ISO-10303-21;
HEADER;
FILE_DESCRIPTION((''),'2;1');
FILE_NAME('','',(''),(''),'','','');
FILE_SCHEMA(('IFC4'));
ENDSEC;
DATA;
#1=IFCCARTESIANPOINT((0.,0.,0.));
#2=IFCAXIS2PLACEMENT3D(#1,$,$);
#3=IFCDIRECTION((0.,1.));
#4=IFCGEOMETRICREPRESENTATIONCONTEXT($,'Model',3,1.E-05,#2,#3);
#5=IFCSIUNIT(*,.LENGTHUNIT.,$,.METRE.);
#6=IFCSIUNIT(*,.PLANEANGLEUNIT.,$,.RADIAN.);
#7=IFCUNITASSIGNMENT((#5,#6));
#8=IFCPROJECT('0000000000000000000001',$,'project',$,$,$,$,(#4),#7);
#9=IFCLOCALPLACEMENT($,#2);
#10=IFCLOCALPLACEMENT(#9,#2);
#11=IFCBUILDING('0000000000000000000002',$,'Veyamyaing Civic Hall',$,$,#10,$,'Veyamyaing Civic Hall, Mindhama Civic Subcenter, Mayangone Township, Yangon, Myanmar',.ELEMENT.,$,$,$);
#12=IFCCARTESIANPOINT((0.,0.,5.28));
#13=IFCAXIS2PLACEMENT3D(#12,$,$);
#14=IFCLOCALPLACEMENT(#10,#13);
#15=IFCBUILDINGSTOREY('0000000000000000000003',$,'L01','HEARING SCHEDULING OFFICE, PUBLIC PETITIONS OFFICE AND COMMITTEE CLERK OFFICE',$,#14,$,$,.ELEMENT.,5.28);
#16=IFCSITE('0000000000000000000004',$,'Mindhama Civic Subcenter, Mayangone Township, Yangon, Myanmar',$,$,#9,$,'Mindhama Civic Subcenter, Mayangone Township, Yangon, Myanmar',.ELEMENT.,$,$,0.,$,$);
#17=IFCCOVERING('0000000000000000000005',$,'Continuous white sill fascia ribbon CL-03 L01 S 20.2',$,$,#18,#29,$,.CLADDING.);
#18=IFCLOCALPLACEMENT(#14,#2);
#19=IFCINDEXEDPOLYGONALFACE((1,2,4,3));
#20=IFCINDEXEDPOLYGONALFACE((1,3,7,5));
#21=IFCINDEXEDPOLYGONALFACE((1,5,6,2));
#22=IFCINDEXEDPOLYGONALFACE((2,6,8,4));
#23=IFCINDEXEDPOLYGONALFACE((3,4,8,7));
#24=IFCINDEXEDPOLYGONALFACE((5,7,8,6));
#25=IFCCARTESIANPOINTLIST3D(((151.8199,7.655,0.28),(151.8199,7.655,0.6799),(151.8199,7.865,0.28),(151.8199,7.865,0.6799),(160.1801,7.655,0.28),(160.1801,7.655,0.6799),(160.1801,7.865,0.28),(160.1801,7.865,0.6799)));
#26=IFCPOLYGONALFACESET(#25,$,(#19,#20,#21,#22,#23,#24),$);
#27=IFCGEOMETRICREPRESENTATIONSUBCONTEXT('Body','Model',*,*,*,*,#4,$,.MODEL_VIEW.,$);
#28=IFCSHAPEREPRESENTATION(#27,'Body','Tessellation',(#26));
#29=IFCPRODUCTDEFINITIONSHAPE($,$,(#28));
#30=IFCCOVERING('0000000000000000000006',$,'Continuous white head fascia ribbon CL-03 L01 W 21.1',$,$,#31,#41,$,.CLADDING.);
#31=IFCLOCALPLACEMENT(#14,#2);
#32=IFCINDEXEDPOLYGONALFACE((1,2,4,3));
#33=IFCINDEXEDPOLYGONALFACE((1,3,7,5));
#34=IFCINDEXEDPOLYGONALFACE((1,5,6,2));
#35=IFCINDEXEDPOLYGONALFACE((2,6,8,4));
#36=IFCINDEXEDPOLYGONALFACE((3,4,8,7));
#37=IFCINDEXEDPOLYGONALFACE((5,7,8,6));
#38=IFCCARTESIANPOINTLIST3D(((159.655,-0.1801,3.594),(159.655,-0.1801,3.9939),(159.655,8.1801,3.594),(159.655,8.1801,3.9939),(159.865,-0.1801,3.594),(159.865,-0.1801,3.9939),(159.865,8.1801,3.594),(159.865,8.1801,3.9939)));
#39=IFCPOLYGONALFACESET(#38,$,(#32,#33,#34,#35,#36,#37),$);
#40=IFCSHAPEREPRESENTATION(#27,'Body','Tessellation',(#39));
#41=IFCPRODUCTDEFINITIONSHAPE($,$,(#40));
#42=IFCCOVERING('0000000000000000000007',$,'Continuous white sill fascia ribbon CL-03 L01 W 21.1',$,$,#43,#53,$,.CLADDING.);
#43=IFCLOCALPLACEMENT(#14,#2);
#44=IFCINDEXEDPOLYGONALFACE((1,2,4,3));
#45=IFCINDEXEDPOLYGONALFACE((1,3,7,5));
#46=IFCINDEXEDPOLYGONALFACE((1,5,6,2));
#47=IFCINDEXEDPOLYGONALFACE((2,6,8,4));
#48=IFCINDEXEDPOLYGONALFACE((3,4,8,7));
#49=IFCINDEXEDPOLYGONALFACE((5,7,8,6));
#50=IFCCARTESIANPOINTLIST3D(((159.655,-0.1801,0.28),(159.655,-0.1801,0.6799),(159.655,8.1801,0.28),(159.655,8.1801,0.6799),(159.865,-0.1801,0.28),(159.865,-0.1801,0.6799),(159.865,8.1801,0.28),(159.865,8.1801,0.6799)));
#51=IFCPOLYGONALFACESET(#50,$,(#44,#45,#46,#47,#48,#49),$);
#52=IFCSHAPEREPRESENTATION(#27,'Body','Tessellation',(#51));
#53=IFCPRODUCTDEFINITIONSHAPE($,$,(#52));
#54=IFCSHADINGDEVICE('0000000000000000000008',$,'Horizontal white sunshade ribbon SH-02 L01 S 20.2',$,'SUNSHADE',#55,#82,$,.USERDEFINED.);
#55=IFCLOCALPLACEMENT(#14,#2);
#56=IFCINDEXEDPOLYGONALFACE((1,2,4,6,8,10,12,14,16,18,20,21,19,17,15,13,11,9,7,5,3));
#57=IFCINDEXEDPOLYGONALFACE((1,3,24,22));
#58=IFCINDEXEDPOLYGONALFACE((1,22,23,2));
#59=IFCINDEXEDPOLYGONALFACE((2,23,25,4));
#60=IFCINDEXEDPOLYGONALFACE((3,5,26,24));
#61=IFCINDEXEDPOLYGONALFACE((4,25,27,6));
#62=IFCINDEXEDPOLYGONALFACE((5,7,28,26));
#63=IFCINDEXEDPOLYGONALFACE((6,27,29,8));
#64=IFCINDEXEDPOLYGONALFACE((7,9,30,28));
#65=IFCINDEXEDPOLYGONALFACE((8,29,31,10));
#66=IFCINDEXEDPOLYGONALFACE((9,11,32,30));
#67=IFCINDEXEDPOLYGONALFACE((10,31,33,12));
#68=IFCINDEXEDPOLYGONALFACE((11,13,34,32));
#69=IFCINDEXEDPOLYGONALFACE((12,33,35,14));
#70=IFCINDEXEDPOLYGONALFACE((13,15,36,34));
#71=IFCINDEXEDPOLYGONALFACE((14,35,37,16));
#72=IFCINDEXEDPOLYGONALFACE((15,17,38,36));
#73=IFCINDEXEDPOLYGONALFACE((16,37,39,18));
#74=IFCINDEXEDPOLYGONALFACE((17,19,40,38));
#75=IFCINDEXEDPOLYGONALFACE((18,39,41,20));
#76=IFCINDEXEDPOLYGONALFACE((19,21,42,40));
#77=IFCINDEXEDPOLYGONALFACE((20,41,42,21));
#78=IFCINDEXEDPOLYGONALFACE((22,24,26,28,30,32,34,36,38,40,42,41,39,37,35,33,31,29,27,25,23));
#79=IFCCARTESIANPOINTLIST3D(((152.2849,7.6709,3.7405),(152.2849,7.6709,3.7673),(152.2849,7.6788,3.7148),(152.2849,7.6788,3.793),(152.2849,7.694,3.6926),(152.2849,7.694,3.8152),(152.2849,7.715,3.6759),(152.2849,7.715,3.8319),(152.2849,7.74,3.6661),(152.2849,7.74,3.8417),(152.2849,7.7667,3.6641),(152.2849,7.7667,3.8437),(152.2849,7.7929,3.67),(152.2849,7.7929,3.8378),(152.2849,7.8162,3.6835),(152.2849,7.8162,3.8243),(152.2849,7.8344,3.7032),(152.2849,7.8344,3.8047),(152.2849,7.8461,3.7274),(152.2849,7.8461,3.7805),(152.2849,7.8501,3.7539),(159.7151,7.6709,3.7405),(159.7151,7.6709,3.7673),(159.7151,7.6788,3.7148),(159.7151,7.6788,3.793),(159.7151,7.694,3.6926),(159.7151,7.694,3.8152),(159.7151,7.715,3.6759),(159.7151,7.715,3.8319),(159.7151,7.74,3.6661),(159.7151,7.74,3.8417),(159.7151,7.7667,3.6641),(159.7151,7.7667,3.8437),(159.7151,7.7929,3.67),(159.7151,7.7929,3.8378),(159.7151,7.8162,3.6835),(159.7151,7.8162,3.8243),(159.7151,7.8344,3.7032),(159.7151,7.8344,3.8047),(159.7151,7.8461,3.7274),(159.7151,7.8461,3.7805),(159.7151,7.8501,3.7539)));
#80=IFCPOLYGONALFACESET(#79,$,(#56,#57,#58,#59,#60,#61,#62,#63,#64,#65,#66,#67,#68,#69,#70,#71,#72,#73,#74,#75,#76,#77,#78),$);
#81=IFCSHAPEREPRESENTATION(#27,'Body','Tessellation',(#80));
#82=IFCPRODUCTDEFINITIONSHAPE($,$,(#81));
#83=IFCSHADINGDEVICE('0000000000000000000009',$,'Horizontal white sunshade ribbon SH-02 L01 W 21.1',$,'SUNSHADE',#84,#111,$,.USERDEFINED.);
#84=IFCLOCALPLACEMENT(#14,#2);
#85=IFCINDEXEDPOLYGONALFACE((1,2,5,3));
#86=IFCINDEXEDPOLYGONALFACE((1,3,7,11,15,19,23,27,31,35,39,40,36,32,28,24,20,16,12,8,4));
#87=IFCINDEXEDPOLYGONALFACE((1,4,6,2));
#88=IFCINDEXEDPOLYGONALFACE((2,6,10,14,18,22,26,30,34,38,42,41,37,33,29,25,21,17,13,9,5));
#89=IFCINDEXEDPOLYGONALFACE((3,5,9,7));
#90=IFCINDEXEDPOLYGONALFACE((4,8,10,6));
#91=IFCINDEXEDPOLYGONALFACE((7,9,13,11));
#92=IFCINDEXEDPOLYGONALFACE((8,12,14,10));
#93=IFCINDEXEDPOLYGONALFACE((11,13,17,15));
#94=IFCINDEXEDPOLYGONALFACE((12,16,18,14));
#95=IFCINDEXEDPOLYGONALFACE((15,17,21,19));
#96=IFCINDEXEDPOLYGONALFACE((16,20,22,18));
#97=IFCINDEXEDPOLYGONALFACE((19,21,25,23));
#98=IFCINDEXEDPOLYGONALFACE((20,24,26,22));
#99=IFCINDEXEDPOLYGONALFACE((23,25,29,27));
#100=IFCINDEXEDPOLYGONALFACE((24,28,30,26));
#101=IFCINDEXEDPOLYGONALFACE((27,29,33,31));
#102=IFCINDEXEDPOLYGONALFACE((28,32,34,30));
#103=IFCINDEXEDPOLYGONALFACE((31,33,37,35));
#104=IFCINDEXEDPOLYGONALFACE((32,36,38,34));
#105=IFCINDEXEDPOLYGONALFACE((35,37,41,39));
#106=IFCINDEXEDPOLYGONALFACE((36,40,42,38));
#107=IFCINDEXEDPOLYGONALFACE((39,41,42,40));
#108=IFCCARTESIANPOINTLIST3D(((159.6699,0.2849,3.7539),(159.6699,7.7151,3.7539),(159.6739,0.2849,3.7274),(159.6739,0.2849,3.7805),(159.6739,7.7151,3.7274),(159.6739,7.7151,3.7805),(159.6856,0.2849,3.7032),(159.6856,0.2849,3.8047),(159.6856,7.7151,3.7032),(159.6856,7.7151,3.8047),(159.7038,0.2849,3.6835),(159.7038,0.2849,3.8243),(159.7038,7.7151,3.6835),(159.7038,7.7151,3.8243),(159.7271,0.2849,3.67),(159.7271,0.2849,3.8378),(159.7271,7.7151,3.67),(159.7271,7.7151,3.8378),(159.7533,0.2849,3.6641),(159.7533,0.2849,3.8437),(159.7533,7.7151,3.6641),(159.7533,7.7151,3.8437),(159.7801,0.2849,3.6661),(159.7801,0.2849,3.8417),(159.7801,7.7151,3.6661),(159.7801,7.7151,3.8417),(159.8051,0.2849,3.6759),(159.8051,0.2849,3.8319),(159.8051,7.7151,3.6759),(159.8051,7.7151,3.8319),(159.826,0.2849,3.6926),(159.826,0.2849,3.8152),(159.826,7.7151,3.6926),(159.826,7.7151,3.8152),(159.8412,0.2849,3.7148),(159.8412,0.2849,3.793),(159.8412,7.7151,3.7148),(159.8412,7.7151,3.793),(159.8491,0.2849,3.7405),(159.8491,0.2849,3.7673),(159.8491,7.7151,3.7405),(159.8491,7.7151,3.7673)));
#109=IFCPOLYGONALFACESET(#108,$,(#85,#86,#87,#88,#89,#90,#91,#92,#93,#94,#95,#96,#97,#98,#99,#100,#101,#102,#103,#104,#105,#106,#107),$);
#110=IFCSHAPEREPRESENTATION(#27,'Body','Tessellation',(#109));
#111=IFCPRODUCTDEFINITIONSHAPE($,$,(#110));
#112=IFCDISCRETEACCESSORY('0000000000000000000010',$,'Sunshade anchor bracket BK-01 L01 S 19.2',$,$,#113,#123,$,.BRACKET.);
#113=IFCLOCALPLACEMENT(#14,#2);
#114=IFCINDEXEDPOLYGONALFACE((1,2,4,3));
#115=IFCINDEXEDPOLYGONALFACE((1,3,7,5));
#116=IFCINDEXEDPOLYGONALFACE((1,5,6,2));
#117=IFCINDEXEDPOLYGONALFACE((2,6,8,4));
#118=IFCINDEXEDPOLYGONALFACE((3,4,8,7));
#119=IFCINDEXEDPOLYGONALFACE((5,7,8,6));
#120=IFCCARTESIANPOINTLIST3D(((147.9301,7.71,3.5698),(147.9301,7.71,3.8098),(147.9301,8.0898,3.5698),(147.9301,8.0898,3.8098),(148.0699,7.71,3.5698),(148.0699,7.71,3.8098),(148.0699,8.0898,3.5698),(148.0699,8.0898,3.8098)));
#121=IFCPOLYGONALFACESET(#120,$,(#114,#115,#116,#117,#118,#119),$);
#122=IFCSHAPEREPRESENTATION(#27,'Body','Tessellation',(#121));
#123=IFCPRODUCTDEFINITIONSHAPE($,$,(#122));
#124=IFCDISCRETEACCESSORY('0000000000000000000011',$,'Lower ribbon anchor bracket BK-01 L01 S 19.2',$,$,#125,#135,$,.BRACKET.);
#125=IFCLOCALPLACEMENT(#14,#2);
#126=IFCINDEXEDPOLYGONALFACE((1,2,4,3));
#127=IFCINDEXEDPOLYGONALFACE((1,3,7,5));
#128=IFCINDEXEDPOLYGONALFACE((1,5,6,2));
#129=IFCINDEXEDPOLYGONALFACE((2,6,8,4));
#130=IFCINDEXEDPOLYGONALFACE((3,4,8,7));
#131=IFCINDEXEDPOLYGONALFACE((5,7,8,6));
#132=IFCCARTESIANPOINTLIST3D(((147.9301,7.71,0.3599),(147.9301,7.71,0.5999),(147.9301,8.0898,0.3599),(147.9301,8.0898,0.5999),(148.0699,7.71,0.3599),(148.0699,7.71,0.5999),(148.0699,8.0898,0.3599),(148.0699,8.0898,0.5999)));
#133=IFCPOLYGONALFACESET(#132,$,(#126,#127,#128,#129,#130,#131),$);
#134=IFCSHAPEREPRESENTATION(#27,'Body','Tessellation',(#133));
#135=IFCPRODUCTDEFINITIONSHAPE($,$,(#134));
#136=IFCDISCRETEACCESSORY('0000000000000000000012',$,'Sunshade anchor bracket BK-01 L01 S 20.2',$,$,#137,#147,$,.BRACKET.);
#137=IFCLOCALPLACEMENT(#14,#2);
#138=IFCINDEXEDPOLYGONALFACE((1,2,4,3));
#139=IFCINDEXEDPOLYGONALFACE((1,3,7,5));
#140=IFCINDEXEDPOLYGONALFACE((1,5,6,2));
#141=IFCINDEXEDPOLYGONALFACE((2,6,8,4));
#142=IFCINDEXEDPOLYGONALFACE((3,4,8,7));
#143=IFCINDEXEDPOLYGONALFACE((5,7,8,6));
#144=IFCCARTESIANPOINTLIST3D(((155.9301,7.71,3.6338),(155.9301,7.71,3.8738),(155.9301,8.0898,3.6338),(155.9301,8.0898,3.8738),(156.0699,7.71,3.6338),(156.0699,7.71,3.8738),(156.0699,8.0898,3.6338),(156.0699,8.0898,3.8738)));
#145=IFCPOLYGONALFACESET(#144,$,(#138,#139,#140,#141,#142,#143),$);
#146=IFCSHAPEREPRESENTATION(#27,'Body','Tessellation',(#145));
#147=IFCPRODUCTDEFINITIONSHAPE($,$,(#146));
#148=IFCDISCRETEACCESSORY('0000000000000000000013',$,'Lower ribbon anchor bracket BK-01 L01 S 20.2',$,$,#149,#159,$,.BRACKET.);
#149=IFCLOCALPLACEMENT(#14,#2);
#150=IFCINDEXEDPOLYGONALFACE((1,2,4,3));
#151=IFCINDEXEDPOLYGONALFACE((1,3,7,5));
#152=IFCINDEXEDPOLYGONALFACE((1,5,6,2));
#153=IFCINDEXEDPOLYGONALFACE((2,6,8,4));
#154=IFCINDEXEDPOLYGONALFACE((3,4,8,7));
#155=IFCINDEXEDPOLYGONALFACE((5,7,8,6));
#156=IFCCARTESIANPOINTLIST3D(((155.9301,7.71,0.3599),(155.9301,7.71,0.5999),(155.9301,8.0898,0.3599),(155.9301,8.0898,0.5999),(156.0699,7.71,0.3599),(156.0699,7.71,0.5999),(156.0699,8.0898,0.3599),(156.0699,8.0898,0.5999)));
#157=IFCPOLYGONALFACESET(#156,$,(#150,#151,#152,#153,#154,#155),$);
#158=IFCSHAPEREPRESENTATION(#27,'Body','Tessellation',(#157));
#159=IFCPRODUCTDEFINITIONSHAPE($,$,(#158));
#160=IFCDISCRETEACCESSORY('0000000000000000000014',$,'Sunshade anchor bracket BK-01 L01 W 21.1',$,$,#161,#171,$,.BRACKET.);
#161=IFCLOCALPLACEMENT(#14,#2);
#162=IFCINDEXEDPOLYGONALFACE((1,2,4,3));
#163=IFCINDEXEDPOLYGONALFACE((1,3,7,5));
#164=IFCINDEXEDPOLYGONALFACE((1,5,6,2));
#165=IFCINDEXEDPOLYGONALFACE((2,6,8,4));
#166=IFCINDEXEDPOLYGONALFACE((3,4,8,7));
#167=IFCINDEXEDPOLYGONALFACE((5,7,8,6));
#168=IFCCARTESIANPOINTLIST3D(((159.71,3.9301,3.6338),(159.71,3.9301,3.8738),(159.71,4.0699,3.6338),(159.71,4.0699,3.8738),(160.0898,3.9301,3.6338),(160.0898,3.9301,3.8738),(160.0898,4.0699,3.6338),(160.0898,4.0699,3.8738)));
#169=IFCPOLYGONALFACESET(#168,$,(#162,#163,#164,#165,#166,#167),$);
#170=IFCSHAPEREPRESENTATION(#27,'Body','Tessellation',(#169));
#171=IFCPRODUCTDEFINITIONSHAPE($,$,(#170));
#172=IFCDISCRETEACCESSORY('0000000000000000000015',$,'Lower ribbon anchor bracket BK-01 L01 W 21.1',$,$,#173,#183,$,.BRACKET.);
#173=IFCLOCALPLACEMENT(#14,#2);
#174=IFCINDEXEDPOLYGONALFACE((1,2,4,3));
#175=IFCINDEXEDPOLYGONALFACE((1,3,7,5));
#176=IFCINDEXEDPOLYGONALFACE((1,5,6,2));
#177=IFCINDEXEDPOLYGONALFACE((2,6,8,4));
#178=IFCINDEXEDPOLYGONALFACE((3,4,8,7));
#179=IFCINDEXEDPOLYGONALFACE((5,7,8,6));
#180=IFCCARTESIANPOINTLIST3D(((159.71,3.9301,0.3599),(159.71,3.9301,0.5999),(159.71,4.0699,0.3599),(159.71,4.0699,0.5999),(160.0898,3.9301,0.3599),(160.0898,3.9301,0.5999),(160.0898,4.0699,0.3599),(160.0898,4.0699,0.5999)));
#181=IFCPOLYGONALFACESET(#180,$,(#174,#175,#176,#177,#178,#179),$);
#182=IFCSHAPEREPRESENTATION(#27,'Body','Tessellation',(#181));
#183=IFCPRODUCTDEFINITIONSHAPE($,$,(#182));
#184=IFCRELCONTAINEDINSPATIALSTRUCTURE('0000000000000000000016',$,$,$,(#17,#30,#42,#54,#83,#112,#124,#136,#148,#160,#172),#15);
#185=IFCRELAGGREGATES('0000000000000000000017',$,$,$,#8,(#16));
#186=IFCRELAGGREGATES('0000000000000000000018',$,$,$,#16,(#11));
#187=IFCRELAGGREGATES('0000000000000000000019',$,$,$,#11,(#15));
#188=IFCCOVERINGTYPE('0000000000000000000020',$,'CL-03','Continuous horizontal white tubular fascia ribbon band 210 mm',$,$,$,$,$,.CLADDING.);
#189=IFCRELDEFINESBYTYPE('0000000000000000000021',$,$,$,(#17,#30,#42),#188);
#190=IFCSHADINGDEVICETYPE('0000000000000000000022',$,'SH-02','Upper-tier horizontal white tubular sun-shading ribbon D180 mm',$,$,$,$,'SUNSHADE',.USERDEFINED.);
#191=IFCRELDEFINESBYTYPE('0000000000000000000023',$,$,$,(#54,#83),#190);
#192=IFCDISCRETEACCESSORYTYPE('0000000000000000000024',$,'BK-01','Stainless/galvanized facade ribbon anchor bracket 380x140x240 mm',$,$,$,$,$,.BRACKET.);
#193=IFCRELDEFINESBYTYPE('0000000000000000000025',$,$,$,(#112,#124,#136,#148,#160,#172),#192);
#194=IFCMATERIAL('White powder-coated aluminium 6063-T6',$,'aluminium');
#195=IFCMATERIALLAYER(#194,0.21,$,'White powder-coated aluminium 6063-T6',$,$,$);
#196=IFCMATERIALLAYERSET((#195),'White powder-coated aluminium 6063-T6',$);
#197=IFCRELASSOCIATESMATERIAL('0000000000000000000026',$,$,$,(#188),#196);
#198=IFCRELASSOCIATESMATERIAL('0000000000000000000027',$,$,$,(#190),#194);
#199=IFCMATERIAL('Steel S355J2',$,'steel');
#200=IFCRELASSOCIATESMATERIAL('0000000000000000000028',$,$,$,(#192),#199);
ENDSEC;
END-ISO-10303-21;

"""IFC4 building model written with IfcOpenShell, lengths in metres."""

from ifc_helpers import new_model, si_unit, direction, frame, origin, origin_2d, place, context, subcontext, project, spatial, rectangle, circle, extrude, material, layer, layer_set, material_profile, profile_set, type_object, element, save


model = new_model("IFC4")

# Units and contexts
model_context = context("Model", 3, precision=1e-05, world=origin(), true_north=direction((0.0, 1.0)))
body_context = subcontext(model_context, "Body", "Model", "MODEL_VIEW")
ifc_project = project(units=[si_unit("LENGTHUNIT", "METRE"), si_unit("PLANEANGLEUNIT", "RADIAN")], contexts=[model_context])

# Site, building, storey
site_placement = place(None, origin())
site = spatial("IfcSite", under=ifc_project, at=site_placement, Name="Mindhama Civic Subcenter, Mayangone Township, Yangon, Myanmar", LongName="Mindhama Civic Subcenter, Mayangone Township, Yangon, Myanmar", CompositionType="ELEMENT", RefElevation=0.0)
building_placement = place(site_placement, origin())
building = spatial("IfcBuilding", under=site, at=building_placement, Name="Veyamyaing Civic Hall", LongName="Veyamyaing Civic Hall, Mindhama Civic Subcenter, Mayangone Township, Yangon, Myanmar", CompositionType="ELEMENT")
storey_placement = place(building_placement, frame((0.0, 0.0, 5.28)))
storey = spatial("IfcBuildingStorey", under=building, at=storey_placement, Name="L01", Description="HEARING SCHEDULING OFFICE, PUBLIC PETITIONS OFFICE AND COMMITTEE CLERK OFFICE", CompositionType="ELEMENT", Elevation=5.28)

# Coverings
ifc_material_1 = material(Name="White powder-coated aluminium 6063-T6", Category="aluminium")
ifc_layer_1 = layer(ifc_material_1, 0.21, Name="White powder-coated aluminium 6063-T6")
ifc_layer_set_1 = layer_set([ifc_layer_1], Name="White powder-coated aluminium 6063-T6")
covering_type_1 = type_object("IfcCoveringType", Name="CL-03", Description="Continuous horizontal white tubular fascia ribbon band 210 mm", PredefinedType="CLADDING", material=ifc_layer_set_1)
for number, where, z_axis, x_axis, name in (
    (1, (156.0, 7.76, 0.28), (0.0, 0.0, 1.0), (1.0, 0.0, 0.0), "Continuous white sill fascia ribbon CL-03 L01 S 20.2"),
    (2, (159.76, 4.0, 3.594), (0.0, 0.0, 1.0), (0.0, 1.0, 0.0), "Continuous white head fascia ribbon CL-03 L01 W 21.1"),
    (3, (159.76, 4.0, 0.28), (0.0, 0.0, 1.0), (0.0, 1.0, 0.0), "Continuous white sill fascia ribbon CL-03 L01 W 21.1"),
):
    element("IfcCovering", number, at=place(storey_placement, frame(where, z_axis=z_axis, x_axis=x_axis)), inside=storey, type_object=covering_type_1, Name=name, PredefinedType="CLADDING", context=body_context, shape_type="SweptSolid", body=[
        extrude(rectangle(XDim=8.3601, YDim=0.21, at=origin_2d()), origin(), (0.0, 0.0, 1.0), 0.3999),
    ])

# Shading devices
ifc_material_profile_1 = material_profile(ifc_material_1, circle(Radius=0.0901, at=origin_2d()), Name="SHADE-TUBE-180")
ifc_profile_set_1 = profile_set([ifc_material_profile_1], Name="White powder-coated aluminium 6063-T6")
shading_device_type = type_object("IfcShadingDeviceType", Name="SH-02", Description="Upper-tier horizontal white tubular sun-shading ribbon D180 mm", ElementType="SUNSHADE", PredefinedType="USERDEFINED", material=ifc_profile_set_1)
for number, where, z_axis, x_axis, name in (
    (4, (152.2849, 7.76, 3.7539), (1.0, 0.0, 0.0), (0.0, 1.0, 0.0), "Horizontal white sunshade ribbon SH-02 L01 S 20.2"),
    (5, (159.76, 0.2849, 3.7539), (0.0, 1.0, 0.0), (-1.0, 0.0, 0.0), "Horizontal white sunshade ribbon SH-02 L01 W 21.1"),
):
    element("IfcShadingDevice", number, at=place(storey_placement, frame(where, z_axis=z_axis, x_axis=x_axis)), inside=storey, type_object=shading_device_type, Name=name, ObjectType="SUNSHADE", PredefinedType="USERDEFINED", context=body_context, shape_type="SweptSolid", body=[
        extrude(circle(Radius=0.0901, at=origin_2d()), origin(), (0.0, 0.0, 1.0), 7.4302),
    ])

# Discrete accessories
ifc_material_2 = material(Name="Steel S355J2", Category="steel")
discrete_accessory_type = type_object("IfcDiscreteAccessoryType", Name="BK-01", Description="Stainless/galvanized facade ribbon anchor bracket 380x140x240 mm", PredefinedType="BRACKET", material=ifc_material_2)
for number, where, z_axis, x_axis, name in (
    (6, (148.0, 7.8999, 3.5698), (0.0, 0.0, 1.0), (0.0, -1.0, 0.0), "Sunshade anchor bracket BK-01 L01 S 19.2"),
    (7, (148.0, 7.8999, 0.3599), (0.0, 0.0, 1.0), (0.0, -1.0, 0.0), "Lower ribbon anchor bracket BK-01 L01 S 19.2"),
    (8, (156.0, 7.8999, 3.6338), (0.0, 0.0, 1.0), (0.0, -1.0, 0.0), "Sunshade anchor bracket BK-01 L01 S 20.2"),
    (9, (156.0, 7.8999, 0.3599), (0.0, 0.0, 1.0), (0.0, -1.0, 0.0), "Lower ribbon anchor bracket BK-01 L01 S 20.2"),
    (10, (159.8999, 4.0, 3.6338), (0.0, 0.0, 1.0), (-1.0, 0.0, 0.0), "Sunshade anchor bracket BK-01 L01 W 21.1"),
    (11, (159.8999, 4.0, 0.3599), (0.0, 0.0, 1.0), (-1.0, 0.0, 0.0), "Lower ribbon anchor bracket BK-01 L01 W 21.1"),
):
    element("IfcDiscreteAccessory", number, at=place(storey_placement, frame(where, z_axis=z_axis, x_axis=x_axis)), inside=storey, type_object=discrete_accessory_type, Name=name, PredefinedType="BRACKET", context=body_context, shape_type="SweptSolid", body=[
        extrude(rectangle(XDim=0.3799, YDim=0.1399, at=origin_2d()), origin(), (0.0, 0.0, 1.0), 0.24),
    ])

save(model, "model.ifc")
